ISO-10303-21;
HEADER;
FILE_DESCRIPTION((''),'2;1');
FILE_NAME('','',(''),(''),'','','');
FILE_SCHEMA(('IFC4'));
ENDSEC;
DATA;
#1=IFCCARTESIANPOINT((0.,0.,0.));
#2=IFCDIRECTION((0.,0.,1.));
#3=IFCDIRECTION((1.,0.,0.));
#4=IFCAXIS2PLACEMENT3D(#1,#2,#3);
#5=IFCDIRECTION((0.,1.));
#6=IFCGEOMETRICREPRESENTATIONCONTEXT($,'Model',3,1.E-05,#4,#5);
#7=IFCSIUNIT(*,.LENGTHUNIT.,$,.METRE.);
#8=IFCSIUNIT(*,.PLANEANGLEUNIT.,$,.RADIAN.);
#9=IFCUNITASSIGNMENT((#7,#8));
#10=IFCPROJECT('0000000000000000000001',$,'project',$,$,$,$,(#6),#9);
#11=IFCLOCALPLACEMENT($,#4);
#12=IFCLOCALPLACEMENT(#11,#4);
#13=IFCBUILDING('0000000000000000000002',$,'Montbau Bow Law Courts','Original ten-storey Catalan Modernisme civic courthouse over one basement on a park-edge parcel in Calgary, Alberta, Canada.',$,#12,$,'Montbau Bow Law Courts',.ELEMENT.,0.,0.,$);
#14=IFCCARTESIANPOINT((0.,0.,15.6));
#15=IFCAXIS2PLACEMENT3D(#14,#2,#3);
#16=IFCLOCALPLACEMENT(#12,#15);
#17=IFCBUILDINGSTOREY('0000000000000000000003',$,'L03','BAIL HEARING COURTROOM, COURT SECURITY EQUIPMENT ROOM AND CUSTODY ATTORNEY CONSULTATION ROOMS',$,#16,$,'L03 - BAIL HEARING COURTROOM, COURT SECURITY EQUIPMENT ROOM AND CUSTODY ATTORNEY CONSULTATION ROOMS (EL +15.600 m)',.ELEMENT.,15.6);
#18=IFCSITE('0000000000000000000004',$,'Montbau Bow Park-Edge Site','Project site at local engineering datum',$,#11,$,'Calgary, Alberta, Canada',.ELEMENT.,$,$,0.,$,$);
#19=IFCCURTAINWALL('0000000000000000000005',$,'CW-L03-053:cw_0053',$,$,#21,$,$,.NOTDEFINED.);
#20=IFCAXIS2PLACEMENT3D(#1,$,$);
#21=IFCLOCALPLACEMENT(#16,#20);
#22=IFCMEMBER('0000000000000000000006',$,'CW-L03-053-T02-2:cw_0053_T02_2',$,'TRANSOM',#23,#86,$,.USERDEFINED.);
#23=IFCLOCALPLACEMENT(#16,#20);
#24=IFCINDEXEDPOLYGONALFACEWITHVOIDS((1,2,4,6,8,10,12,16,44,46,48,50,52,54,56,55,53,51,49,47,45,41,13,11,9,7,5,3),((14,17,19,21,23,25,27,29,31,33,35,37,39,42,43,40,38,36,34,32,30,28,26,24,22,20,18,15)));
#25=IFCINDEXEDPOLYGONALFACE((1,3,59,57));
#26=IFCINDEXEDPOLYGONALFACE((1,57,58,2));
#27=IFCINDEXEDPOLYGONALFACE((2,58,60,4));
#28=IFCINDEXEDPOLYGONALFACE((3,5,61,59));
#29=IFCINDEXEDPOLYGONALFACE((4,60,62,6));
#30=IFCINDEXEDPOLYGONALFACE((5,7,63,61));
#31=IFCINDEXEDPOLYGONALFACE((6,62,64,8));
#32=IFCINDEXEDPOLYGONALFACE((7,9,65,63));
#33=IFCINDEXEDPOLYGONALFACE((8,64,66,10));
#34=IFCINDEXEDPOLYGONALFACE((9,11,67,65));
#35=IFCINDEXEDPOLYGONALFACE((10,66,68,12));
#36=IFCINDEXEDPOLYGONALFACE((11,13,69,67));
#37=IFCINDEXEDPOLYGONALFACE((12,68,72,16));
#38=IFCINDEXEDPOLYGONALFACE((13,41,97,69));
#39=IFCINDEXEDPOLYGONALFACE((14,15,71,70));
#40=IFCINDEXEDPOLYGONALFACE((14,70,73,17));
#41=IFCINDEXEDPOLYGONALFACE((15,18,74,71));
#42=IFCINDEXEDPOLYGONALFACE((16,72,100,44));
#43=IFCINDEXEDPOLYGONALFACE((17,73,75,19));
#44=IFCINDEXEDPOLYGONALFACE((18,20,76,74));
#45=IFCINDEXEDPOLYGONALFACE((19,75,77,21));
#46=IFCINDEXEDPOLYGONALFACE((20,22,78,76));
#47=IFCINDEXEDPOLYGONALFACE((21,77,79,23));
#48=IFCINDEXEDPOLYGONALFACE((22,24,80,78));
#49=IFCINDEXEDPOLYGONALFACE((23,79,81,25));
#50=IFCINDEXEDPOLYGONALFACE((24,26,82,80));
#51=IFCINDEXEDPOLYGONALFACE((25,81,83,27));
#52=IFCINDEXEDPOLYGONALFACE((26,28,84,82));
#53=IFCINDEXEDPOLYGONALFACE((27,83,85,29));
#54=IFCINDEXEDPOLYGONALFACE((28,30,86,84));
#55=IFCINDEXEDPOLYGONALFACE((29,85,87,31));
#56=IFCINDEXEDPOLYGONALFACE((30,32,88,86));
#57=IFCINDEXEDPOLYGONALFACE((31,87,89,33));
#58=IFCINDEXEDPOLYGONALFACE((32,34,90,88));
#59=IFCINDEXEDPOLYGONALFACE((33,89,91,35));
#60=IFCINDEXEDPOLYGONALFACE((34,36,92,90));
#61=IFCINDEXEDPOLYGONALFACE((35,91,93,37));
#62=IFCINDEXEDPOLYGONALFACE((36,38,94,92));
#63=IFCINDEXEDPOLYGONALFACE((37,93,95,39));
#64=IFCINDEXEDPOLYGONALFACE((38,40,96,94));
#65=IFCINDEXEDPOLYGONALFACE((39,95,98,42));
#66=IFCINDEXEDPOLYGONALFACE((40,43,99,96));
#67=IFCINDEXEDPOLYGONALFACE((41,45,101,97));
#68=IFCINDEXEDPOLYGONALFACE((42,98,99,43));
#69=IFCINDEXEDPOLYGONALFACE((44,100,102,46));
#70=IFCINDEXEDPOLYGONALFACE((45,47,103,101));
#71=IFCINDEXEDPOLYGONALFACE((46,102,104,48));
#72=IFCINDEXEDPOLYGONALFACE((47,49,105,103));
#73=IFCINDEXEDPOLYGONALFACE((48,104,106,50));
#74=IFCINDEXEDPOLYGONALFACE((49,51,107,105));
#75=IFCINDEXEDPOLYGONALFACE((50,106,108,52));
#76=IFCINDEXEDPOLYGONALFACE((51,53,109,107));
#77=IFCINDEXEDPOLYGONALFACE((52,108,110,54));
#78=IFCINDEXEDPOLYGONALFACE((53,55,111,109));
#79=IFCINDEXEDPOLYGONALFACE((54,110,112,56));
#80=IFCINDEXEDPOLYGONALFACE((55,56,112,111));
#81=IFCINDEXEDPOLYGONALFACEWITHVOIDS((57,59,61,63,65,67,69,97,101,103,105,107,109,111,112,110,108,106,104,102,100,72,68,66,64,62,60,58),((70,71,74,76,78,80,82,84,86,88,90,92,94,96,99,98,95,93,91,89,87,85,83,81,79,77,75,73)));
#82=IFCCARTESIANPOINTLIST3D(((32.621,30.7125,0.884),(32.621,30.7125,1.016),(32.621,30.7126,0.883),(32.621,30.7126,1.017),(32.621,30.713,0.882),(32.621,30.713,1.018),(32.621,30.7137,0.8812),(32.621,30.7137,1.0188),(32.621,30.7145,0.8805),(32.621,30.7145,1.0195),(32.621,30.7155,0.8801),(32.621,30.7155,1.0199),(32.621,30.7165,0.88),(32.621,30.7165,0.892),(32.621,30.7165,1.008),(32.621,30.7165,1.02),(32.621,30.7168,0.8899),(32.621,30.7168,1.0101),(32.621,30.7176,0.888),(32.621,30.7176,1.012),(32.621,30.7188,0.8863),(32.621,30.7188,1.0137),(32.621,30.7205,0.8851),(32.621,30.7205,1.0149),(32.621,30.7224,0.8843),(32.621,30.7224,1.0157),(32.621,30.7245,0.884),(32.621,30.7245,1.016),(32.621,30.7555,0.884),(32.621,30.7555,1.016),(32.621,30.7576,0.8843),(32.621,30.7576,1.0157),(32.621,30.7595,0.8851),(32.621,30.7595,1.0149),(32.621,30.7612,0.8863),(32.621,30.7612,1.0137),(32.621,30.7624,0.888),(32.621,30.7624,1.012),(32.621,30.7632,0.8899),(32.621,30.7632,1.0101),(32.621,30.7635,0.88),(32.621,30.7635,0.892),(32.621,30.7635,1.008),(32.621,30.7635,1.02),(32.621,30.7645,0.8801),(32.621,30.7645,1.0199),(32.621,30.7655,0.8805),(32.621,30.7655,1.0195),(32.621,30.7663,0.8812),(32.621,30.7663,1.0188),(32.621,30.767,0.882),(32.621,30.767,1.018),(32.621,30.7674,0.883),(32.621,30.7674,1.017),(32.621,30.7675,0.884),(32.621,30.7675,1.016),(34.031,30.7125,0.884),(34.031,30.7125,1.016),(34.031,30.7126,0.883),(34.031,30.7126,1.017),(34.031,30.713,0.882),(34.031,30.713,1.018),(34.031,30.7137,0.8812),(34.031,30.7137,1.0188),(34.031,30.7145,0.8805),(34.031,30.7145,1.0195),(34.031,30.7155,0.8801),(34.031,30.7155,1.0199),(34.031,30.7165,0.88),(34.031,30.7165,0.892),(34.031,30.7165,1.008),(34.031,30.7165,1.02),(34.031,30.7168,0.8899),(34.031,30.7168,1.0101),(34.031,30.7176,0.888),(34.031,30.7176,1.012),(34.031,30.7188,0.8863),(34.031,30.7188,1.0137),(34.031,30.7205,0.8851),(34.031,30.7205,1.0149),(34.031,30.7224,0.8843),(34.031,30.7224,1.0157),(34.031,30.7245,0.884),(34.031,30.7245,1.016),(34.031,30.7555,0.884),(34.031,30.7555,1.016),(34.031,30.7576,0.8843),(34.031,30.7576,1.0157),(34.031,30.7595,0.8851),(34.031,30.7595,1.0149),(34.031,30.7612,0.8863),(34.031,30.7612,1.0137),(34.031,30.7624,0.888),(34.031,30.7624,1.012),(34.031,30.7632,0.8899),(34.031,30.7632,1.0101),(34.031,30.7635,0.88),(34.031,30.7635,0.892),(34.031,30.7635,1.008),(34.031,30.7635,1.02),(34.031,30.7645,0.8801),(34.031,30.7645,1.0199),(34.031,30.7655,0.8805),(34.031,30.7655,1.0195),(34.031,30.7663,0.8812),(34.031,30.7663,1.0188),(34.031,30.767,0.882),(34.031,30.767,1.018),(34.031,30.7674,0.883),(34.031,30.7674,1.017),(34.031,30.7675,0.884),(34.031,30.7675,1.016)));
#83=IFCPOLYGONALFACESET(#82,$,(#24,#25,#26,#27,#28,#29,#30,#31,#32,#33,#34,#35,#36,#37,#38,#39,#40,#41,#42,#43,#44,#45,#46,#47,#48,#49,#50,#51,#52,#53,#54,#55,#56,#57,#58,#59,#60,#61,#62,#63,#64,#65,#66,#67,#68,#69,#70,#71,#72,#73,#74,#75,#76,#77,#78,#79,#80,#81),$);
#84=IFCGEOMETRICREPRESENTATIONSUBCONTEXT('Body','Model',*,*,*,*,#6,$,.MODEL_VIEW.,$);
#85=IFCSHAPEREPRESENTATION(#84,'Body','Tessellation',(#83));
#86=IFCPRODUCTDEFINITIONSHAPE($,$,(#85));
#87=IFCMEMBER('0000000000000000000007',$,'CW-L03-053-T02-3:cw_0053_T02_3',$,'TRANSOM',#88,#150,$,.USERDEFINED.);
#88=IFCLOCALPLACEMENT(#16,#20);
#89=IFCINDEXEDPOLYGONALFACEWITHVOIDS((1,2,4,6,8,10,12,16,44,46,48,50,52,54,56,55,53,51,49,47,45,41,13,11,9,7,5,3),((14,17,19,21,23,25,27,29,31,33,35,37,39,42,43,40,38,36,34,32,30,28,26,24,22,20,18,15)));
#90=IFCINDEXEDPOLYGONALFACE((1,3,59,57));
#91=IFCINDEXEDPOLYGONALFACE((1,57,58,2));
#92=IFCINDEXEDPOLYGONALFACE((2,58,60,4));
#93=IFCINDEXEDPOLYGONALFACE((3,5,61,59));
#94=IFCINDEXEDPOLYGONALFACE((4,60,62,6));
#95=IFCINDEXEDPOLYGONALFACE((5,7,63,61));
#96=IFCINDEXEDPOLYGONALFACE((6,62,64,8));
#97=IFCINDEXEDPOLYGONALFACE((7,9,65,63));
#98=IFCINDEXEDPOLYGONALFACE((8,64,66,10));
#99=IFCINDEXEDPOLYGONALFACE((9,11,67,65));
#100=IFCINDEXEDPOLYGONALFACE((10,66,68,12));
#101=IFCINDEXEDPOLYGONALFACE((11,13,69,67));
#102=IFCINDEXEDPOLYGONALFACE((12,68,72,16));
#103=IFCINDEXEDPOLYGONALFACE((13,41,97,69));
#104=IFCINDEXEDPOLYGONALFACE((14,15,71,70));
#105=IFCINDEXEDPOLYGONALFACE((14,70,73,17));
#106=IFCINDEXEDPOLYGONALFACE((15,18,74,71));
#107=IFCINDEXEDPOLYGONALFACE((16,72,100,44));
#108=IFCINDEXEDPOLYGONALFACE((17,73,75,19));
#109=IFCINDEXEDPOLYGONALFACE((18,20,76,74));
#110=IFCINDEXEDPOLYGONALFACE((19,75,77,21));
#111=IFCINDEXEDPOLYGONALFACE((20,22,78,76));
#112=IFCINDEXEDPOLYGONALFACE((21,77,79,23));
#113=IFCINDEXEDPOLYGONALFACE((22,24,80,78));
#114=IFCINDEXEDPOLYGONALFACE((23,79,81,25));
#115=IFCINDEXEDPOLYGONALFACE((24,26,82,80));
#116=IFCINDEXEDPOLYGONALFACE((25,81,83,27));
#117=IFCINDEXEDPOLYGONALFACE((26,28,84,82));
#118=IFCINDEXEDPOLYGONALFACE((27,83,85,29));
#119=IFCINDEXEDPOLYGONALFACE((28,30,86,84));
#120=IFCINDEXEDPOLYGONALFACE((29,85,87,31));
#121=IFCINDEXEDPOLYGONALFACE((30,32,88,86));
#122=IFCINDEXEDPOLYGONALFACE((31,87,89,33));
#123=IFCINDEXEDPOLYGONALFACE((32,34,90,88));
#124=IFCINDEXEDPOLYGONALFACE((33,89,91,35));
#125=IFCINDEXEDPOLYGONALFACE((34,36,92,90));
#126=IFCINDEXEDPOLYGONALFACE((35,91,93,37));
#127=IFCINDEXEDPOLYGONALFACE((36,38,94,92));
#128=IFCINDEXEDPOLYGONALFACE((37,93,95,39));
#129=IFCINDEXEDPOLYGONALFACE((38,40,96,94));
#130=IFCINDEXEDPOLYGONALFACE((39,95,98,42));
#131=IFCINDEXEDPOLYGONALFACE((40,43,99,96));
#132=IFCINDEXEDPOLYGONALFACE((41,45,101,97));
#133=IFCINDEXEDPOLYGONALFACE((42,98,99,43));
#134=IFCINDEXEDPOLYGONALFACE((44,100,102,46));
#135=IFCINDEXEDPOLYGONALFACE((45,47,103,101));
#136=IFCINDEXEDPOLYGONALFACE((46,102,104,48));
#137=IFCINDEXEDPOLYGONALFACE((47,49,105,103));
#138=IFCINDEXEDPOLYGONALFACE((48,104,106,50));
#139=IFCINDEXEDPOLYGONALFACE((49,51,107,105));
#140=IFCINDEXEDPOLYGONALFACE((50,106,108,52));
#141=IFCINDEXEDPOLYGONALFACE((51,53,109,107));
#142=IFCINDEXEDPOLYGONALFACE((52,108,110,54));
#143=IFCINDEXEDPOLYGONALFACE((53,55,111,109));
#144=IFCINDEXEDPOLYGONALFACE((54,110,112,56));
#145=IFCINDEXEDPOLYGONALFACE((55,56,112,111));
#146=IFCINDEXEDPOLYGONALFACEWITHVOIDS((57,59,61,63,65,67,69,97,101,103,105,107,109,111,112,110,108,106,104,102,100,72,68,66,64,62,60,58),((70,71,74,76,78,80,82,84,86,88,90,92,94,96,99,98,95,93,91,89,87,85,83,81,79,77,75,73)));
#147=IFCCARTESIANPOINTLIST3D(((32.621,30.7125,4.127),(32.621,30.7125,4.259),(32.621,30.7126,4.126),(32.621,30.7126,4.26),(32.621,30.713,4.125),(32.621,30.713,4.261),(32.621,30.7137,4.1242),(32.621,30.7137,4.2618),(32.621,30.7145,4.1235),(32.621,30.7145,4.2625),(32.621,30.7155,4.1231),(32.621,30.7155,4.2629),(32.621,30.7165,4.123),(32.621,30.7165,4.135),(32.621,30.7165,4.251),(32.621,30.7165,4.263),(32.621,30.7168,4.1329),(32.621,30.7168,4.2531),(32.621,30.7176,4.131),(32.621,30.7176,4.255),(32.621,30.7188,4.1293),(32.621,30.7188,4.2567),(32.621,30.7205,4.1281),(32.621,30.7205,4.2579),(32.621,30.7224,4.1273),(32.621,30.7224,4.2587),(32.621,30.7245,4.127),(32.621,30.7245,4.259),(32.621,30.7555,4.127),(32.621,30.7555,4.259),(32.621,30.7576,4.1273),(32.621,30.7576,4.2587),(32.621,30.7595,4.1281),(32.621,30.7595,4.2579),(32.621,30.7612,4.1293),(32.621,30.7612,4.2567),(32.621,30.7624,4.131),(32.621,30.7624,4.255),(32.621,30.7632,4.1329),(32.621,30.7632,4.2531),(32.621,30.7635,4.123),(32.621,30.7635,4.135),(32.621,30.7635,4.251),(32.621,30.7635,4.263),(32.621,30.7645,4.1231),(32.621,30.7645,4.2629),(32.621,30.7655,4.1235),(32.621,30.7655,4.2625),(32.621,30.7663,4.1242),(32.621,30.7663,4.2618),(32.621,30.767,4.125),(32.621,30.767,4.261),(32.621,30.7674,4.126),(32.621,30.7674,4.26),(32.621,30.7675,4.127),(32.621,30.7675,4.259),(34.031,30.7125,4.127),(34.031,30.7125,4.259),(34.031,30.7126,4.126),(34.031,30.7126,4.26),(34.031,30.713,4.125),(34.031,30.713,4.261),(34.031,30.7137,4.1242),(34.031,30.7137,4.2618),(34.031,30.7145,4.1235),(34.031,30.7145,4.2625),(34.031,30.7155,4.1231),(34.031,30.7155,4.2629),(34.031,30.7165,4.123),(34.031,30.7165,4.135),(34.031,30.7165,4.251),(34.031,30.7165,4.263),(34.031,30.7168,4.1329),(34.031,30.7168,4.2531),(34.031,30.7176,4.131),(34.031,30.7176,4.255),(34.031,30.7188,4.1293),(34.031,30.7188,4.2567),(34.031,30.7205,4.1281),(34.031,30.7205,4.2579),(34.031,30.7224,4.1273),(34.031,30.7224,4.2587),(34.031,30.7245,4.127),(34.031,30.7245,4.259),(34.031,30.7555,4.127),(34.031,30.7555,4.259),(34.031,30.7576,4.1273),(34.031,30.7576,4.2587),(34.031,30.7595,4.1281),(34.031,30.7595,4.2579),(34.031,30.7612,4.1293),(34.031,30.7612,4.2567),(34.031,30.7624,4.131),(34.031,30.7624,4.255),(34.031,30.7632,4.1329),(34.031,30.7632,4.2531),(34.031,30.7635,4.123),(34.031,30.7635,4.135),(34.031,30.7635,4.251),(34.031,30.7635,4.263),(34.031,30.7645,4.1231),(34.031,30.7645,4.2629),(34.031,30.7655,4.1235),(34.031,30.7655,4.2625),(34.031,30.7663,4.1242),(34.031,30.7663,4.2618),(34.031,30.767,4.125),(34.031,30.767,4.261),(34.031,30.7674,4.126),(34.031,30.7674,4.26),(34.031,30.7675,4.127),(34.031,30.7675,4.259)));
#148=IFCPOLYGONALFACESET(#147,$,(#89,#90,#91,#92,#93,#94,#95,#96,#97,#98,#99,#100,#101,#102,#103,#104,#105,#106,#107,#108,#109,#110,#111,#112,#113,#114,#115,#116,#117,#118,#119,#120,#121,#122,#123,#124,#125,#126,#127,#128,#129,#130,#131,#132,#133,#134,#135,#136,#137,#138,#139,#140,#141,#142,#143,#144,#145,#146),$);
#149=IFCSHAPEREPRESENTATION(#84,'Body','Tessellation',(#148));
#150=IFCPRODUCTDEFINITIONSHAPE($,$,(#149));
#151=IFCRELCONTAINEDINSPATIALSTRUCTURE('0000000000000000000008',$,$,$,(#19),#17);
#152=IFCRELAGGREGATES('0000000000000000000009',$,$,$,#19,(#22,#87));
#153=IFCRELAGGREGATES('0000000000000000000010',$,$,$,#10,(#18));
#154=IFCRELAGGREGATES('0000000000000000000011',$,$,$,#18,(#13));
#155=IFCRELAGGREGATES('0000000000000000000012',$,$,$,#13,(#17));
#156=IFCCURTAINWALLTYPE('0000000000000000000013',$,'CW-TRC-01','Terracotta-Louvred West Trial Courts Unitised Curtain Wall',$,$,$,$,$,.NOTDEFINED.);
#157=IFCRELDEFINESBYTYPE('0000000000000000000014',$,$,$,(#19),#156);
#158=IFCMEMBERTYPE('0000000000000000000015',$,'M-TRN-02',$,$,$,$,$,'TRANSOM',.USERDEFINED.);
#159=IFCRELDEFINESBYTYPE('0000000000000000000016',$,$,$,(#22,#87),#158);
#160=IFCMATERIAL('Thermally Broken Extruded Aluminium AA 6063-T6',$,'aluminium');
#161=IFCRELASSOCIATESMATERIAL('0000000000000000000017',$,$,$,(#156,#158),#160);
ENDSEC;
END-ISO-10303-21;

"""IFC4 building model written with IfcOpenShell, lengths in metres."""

from ifc_helpers import new_model, si_unit, direction, frame, origin_with_axes, origin_2d_with_axis, place, context, subcontext, project, spatial, hollow_rectangle, extrude, material, material_profile, profile_set, type_object, element, aggregate, save


model = new_model("IFC4")

# Units and contexts
model_context = context("Model", 3, precision=1e-05, world=origin_with_axes(), true_north=direction((0.0, 1.0)))
body_context = subcontext(model_context, "Body", "Model", "MODEL_VIEW")
ifc_project = project(units=[si_unit("LENGTHUNIT", "METRE"), si_unit("PLANEANGLEUNIT", "RADIAN")], contexts=[model_context])

# Site, building, storey
site_placement = place(None, origin_with_axes())
site = spatial("IfcSite", under=ifc_project, at=site_placement, Name="Montbau Bow Park-Edge Site", Description="Project site at local engineering datum", LongName="Calgary, Alberta, Canada", CompositionType="ELEMENT", RefElevation=0.0)
building_placement = place(site_placement, origin_with_axes())
building = spatial("IfcBuilding", under=site, at=building_placement, Name="Montbau Bow Law Courts", Description="Original ten-storey Catalan Modernisme civic courthouse over one basement on a park-edge parcel in Calgary, Alberta, Canada.", LongName="Montbau Bow Law Courts", CompositionType="ELEMENT", ElevationOfRefHeight=0.0, ElevationOfTerrain=0.0)
storey_placement = place(building_placement, frame((0.0, 0.0, 15.6), z_axis=(0.0, 0.0, 1.0), x_axis=(1.0, 0.0, 0.0)))
storey = spatial("IfcBuildingStorey", under=building, at=storey_placement, Name="L03", Description="BAIL HEARING COURTROOM, COURT SECURITY EQUIPMENT ROOM AND CUSTODY ATTORNEY CONSULTATION ROOMS", LongName="L03 - BAIL HEARING COURTROOM, COURT SECURITY EQUIPMENT ROOM AND CUSTODY ATTORNEY CONSULTATION ROOMS (EL +15.600 m)", CompositionType="ELEMENT", Elevation=15.6)

# Shared definitions
ifc_material_1 = material(Name="Thermally Broken Extruded Aluminium AA 6063-T6", Category="aluminium")
curtain_wall_type = type_object("IfcCurtainWallType", Name="CW-TRC-01", Description="Terracotta-Louvred West Trial Courts Unitised Curtain Wall", PredefinedType="NOTDEFINED", material=ifc_material_1)

# Curtain wall, members
curtain_wall_1_placement = place(None, frame((31.115, 30.74, 15.6), z_axis=(0.0, 0.0, 1.0), x_axis=(1.0, 0.0, 0.0)))
curtain_wall_1 = element("IfcCurtainWall", 1, at=curtain_wall_1_placement, inside=storey, type_object=curtain_wall_type, Name="CW-L03-053:cw_0053", PredefinedType="NOTDEFINED")
ifc_material_profile_1 = material_profile(ifc_material_1, hollow_rectangle(XDim=0.055, YDim=0.14, WallThickness=0.004, InnerFilletRadius=0.008, OuterFilletRadius=0.004, at=origin_2d_with_axis()), Name="CWT-140X55", Category="Main", Priority=0)
ifc_profile_set_1 = profile_set([ifc_material_profile_1], Name="Thermally Broken Extruded Aluminium AA 6063-T6")
member_type_1 = type_object("IfcMemberType", Name="M-TRN-02", ElementType="TRANSOM", PredefinedType="USERDEFINED", material=ifc_profile_set_1)
member_1_placement = place(None, frame((32.621, 30.74, 16.55), z_axis=(1.0, 0.0, 0.0), x_axis=(0.0, 1.0, 0.0)))
member_1 = element("IfcMember", 2, at=member_1_placement, type_object=member_type_1, Name="CW-L03-053-T02-2:cw_0053_T02_2", ObjectType="TRANSOM", PredefinedType="USERDEFINED", context=body_context, shape_type="SweptSolid", body=[
    extrude(hollow_rectangle(XDim=0.055, YDim=0.14, WallThickness=0.004, InnerFilletRadius=0.008, OuterFilletRadius=0.004, at=origin_2d_with_axis()), origin_with_axes(), (0.0, 0.0, 1.0), 1.41),
])
member_2_placement = place(None, frame((32.621, 30.74, 19.793), z_axis=(1.0, 0.0, 0.0), x_axis=(0.0, 1.0, 0.0)))
member_2 = element("IfcMember", 3, at=member_2_placement, type_object=member_type_1, Name="CW-L03-053-T02-3:cw_0053_T02_3", ObjectType="TRANSOM", PredefinedType="USERDEFINED", context=body_context, shape_type="SweptSolid", body=[
    extrude(hollow_rectangle(XDim=0.055, YDim=0.14, WallThickness=0.004, InnerFilletRadius=0.008, OuterFilletRadius=0.004, at=origin_2d_with_axis()), origin_with_axes(), (0.0, 0.0, 1.0), 1.41),
])
aggregate(curtain_wall_1, [member_1, member_2])

save(model, "model.ifc")
